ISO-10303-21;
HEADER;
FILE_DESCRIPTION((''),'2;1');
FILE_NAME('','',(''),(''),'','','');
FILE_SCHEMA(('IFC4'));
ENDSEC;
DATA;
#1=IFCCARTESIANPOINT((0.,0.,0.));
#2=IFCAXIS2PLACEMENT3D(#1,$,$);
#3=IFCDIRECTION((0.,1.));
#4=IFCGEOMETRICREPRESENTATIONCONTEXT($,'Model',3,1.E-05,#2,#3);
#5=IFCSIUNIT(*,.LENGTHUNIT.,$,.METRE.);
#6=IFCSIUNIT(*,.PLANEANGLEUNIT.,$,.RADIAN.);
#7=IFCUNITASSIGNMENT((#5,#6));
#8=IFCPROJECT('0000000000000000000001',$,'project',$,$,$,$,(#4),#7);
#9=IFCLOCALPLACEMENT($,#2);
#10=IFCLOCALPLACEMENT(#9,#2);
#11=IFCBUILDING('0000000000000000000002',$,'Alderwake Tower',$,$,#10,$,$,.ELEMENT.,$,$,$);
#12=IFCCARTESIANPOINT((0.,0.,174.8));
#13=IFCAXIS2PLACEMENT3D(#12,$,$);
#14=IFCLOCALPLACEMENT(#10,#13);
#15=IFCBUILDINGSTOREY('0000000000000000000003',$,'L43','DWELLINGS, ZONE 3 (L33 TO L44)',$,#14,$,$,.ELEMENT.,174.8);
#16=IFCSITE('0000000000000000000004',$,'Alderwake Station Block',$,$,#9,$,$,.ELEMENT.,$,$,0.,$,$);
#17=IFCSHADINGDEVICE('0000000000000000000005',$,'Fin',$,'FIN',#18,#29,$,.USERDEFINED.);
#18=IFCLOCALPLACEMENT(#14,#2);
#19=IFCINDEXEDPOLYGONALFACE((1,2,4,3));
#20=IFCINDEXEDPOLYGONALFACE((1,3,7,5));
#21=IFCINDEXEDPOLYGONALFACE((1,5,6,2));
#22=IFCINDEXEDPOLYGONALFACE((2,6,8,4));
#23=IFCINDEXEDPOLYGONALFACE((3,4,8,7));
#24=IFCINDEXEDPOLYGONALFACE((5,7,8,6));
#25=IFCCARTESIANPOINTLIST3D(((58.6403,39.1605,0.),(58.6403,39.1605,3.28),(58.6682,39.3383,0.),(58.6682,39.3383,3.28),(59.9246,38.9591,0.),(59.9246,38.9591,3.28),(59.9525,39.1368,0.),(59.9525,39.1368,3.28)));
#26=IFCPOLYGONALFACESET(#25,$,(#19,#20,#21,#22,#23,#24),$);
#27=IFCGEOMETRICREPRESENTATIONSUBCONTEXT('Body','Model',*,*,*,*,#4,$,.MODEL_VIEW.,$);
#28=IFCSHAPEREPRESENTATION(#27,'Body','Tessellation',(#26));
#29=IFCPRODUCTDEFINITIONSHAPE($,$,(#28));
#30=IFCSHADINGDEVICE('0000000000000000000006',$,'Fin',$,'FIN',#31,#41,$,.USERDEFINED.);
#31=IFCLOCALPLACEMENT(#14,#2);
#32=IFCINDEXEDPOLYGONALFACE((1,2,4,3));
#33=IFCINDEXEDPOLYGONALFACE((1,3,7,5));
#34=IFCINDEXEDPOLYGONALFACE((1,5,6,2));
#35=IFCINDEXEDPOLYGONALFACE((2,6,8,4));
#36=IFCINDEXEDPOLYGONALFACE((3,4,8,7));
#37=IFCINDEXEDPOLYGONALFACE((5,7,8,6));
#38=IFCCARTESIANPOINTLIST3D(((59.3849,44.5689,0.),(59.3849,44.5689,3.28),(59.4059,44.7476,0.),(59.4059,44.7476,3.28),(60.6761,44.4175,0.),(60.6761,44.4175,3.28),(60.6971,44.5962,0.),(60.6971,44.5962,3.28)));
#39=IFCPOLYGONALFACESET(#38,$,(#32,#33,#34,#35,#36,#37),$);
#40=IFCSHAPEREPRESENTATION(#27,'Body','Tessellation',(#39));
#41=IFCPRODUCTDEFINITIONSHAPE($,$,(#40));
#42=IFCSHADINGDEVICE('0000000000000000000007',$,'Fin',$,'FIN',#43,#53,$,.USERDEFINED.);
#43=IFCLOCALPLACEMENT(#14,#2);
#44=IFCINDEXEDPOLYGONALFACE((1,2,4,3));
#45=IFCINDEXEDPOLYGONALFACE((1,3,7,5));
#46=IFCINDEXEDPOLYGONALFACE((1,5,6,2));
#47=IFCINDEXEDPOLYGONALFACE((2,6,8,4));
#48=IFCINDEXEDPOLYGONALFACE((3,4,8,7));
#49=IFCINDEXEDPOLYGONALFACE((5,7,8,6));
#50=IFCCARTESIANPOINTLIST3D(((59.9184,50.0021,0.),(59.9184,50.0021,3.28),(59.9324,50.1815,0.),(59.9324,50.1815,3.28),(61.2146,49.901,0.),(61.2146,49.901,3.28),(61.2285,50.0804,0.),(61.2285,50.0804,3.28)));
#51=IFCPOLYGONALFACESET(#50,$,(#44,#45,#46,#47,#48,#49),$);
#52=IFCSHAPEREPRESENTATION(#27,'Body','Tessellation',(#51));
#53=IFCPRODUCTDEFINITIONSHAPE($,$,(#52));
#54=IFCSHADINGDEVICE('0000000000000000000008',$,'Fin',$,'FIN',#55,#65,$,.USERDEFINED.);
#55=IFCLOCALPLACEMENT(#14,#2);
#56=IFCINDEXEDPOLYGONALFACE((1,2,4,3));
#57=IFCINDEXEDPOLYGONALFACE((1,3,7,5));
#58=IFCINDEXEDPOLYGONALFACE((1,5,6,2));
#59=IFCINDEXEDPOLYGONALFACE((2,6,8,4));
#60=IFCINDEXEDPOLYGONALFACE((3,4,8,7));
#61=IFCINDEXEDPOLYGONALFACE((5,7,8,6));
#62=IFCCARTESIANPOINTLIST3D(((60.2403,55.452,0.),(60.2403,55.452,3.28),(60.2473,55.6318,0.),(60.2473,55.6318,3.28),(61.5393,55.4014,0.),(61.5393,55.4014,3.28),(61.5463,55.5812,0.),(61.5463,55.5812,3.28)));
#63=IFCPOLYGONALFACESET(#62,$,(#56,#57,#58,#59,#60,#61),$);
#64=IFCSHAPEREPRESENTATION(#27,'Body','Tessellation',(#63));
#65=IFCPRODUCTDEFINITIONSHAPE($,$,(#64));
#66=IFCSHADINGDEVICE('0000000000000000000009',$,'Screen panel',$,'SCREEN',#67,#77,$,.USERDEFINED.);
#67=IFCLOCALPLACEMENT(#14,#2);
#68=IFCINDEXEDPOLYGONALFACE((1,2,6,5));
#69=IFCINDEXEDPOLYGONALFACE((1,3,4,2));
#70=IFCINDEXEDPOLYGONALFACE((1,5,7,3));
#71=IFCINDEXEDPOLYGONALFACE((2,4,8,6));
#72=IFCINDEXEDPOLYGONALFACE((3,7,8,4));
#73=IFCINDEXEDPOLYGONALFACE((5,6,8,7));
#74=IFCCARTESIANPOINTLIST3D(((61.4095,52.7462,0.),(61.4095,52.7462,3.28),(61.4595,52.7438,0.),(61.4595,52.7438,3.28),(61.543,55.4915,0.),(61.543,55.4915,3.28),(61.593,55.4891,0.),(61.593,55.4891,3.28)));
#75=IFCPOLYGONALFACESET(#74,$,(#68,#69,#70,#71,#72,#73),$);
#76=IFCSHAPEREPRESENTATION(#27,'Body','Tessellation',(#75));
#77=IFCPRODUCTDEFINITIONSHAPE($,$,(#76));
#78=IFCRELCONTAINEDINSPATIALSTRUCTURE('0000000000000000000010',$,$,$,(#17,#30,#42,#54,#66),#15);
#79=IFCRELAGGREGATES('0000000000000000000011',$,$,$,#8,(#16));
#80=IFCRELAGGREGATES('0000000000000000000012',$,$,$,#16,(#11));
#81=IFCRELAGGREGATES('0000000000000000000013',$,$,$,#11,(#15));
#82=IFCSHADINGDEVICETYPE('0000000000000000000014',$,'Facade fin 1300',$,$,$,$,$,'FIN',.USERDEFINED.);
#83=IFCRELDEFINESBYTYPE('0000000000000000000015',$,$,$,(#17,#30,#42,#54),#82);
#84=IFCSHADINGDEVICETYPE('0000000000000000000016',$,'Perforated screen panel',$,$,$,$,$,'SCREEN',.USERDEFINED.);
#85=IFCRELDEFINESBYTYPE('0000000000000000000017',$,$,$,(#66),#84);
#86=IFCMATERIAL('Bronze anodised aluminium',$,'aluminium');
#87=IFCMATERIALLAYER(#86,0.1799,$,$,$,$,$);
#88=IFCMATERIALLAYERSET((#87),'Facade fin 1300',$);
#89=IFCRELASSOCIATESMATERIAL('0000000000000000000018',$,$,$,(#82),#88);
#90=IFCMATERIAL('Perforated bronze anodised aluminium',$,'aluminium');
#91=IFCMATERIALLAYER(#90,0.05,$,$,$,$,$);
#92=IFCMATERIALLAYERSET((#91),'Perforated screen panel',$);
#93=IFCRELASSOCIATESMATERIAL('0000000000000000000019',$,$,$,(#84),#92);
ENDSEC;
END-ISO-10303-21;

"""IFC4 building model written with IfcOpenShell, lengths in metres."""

from ifc_helpers import new_model, si_unit, direction, frame, origin, origin_2d, place, context, subcontext, project, spatial, rectangle, extrude, material, layer, layer_set, type_object, element, save


model = new_model("IFC4")

# Units and contexts
model_context = context("Model", 3, precision=1e-05, world=origin(), true_north=direction((0.0, 1.0)))
body_context = subcontext(model_context, "Body", "Model", "MODEL_VIEW")
ifc_project = project(units=[si_unit("LENGTHUNIT", "METRE"), si_unit("PLANEANGLEUNIT", "RADIAN")], contexts=[model_context])

# Site, building, storey
site_placement = place(None, origin())
site = spatial("IfcSite", under=ifc_project, at=site_placement, Name="Alderwake Station Block", CompositionType="ELEMENT", RefElevation=0.0)
building_placement = place(site_placement, origin())
building = spatial("IfcBuilding", under=site, at=building_placement, Name="Alderwake Tower", CompositionType="ELEMENT")
storey_placement = place(building_placement, frame((0.0, 0.0, 174.8)))
storey = spatial("IfcBuildingStorey", under=building, at=storey_placement, Name="L43", Description="DWELLINGS, ZONE 3 (L33 TO L44)", CompositionType="ELEMENT", Elevation=174.8)

# Shading devices
ifc_material_1 = material(Name="Bronze anodised aluminium", Category="aluminium")
ifc_layer_1 = layer(ifc_material_1, 0.1799)
ifc_layer_set_1 = layer_set([ifc_layer_1], Name="Facade fin 1300")
shading_device_type_1 = type_object("IfcShadingDeviceType", Name="Facade fin 1300", ElementType="FIN", PredefinedType="USERDEFINED", material=ifc_layer_set_1)
for number, where, z_axis, x_axis, name in (
    (1, (59.2964, 39.1487, 0.0), (0.0, 0.0, 1.0), (0.987919, -0.154972, 0.0), "Fin"),
    (2, (60.041, 44.5825, 0.0), (0.0, 0.0, 1.0), (0.993198, -0.116435, 0.0), "Fin"),
    (3, (60.5735, 50.0413, 0.0), (0.0, 0.0, 1.0), (0.996975, -0.077721, 0.0), "Fin"),
    (4, (60.8933, 55.5166, 0.0), (0.0, 0.0, 1.0), (0.999243, -0.03889, 0.0), "Fin"),
):
    element("IfcShadingDevice", number, at=place(storey_placement, frame(where, z_axis=z_axis, x_axis=x_axis)), inside=storey, type_object=shading_device_type_1, Name=name, ObjectType="FIN", PredefinedType="USERDEFINED", context=body_context, shape_type="SweptSolid", body=[
        extrude(rectangle(XDim=1.3, YDim=0.1799, at=origin_2d()), origin(), (0.0, 0.0, 1.0), 3.28),
    ])
ifc_material_2 = material(Name="Perforated bronze anodised aluminium", Category="aluminium")
ifc_layer_2 = layer(ifc_material_2, 0.05)
ifc_layer_set_2 = layer_set([ifc_layer_2], Name="Perforated screen panel")
shading_device_type_2 = type_object("IfcShadingDeviceType", Name="Perforated screen panel", ElementType="SCREEN", PredefinedType="USERDEFINED", material=ifc_layer_set_2)
shading_device_placement = place(storey_placement, frame((61.5012, 54.1177, 0.0), z_axis=(0.0, 0.0, 1.0), x_axis=(0.998819, -0.048581, 0.0)))
element("IfcShadingDevice", 5, at=shading_device_placement, inside=storey, type_object=shading_device_type_2, Name="Screen panel", ObjectType="SCREEN", PredefinedType="USERDEFINED", context=body_context, shape_type="SweptSolid", body=[
    extrude(rectangle(XDim=0.05, YDim=2.7485, at=origin_2d()), origin(), (0.0, 0.0, 1.0), 3.28),
])

save(model, "model.ifc")
